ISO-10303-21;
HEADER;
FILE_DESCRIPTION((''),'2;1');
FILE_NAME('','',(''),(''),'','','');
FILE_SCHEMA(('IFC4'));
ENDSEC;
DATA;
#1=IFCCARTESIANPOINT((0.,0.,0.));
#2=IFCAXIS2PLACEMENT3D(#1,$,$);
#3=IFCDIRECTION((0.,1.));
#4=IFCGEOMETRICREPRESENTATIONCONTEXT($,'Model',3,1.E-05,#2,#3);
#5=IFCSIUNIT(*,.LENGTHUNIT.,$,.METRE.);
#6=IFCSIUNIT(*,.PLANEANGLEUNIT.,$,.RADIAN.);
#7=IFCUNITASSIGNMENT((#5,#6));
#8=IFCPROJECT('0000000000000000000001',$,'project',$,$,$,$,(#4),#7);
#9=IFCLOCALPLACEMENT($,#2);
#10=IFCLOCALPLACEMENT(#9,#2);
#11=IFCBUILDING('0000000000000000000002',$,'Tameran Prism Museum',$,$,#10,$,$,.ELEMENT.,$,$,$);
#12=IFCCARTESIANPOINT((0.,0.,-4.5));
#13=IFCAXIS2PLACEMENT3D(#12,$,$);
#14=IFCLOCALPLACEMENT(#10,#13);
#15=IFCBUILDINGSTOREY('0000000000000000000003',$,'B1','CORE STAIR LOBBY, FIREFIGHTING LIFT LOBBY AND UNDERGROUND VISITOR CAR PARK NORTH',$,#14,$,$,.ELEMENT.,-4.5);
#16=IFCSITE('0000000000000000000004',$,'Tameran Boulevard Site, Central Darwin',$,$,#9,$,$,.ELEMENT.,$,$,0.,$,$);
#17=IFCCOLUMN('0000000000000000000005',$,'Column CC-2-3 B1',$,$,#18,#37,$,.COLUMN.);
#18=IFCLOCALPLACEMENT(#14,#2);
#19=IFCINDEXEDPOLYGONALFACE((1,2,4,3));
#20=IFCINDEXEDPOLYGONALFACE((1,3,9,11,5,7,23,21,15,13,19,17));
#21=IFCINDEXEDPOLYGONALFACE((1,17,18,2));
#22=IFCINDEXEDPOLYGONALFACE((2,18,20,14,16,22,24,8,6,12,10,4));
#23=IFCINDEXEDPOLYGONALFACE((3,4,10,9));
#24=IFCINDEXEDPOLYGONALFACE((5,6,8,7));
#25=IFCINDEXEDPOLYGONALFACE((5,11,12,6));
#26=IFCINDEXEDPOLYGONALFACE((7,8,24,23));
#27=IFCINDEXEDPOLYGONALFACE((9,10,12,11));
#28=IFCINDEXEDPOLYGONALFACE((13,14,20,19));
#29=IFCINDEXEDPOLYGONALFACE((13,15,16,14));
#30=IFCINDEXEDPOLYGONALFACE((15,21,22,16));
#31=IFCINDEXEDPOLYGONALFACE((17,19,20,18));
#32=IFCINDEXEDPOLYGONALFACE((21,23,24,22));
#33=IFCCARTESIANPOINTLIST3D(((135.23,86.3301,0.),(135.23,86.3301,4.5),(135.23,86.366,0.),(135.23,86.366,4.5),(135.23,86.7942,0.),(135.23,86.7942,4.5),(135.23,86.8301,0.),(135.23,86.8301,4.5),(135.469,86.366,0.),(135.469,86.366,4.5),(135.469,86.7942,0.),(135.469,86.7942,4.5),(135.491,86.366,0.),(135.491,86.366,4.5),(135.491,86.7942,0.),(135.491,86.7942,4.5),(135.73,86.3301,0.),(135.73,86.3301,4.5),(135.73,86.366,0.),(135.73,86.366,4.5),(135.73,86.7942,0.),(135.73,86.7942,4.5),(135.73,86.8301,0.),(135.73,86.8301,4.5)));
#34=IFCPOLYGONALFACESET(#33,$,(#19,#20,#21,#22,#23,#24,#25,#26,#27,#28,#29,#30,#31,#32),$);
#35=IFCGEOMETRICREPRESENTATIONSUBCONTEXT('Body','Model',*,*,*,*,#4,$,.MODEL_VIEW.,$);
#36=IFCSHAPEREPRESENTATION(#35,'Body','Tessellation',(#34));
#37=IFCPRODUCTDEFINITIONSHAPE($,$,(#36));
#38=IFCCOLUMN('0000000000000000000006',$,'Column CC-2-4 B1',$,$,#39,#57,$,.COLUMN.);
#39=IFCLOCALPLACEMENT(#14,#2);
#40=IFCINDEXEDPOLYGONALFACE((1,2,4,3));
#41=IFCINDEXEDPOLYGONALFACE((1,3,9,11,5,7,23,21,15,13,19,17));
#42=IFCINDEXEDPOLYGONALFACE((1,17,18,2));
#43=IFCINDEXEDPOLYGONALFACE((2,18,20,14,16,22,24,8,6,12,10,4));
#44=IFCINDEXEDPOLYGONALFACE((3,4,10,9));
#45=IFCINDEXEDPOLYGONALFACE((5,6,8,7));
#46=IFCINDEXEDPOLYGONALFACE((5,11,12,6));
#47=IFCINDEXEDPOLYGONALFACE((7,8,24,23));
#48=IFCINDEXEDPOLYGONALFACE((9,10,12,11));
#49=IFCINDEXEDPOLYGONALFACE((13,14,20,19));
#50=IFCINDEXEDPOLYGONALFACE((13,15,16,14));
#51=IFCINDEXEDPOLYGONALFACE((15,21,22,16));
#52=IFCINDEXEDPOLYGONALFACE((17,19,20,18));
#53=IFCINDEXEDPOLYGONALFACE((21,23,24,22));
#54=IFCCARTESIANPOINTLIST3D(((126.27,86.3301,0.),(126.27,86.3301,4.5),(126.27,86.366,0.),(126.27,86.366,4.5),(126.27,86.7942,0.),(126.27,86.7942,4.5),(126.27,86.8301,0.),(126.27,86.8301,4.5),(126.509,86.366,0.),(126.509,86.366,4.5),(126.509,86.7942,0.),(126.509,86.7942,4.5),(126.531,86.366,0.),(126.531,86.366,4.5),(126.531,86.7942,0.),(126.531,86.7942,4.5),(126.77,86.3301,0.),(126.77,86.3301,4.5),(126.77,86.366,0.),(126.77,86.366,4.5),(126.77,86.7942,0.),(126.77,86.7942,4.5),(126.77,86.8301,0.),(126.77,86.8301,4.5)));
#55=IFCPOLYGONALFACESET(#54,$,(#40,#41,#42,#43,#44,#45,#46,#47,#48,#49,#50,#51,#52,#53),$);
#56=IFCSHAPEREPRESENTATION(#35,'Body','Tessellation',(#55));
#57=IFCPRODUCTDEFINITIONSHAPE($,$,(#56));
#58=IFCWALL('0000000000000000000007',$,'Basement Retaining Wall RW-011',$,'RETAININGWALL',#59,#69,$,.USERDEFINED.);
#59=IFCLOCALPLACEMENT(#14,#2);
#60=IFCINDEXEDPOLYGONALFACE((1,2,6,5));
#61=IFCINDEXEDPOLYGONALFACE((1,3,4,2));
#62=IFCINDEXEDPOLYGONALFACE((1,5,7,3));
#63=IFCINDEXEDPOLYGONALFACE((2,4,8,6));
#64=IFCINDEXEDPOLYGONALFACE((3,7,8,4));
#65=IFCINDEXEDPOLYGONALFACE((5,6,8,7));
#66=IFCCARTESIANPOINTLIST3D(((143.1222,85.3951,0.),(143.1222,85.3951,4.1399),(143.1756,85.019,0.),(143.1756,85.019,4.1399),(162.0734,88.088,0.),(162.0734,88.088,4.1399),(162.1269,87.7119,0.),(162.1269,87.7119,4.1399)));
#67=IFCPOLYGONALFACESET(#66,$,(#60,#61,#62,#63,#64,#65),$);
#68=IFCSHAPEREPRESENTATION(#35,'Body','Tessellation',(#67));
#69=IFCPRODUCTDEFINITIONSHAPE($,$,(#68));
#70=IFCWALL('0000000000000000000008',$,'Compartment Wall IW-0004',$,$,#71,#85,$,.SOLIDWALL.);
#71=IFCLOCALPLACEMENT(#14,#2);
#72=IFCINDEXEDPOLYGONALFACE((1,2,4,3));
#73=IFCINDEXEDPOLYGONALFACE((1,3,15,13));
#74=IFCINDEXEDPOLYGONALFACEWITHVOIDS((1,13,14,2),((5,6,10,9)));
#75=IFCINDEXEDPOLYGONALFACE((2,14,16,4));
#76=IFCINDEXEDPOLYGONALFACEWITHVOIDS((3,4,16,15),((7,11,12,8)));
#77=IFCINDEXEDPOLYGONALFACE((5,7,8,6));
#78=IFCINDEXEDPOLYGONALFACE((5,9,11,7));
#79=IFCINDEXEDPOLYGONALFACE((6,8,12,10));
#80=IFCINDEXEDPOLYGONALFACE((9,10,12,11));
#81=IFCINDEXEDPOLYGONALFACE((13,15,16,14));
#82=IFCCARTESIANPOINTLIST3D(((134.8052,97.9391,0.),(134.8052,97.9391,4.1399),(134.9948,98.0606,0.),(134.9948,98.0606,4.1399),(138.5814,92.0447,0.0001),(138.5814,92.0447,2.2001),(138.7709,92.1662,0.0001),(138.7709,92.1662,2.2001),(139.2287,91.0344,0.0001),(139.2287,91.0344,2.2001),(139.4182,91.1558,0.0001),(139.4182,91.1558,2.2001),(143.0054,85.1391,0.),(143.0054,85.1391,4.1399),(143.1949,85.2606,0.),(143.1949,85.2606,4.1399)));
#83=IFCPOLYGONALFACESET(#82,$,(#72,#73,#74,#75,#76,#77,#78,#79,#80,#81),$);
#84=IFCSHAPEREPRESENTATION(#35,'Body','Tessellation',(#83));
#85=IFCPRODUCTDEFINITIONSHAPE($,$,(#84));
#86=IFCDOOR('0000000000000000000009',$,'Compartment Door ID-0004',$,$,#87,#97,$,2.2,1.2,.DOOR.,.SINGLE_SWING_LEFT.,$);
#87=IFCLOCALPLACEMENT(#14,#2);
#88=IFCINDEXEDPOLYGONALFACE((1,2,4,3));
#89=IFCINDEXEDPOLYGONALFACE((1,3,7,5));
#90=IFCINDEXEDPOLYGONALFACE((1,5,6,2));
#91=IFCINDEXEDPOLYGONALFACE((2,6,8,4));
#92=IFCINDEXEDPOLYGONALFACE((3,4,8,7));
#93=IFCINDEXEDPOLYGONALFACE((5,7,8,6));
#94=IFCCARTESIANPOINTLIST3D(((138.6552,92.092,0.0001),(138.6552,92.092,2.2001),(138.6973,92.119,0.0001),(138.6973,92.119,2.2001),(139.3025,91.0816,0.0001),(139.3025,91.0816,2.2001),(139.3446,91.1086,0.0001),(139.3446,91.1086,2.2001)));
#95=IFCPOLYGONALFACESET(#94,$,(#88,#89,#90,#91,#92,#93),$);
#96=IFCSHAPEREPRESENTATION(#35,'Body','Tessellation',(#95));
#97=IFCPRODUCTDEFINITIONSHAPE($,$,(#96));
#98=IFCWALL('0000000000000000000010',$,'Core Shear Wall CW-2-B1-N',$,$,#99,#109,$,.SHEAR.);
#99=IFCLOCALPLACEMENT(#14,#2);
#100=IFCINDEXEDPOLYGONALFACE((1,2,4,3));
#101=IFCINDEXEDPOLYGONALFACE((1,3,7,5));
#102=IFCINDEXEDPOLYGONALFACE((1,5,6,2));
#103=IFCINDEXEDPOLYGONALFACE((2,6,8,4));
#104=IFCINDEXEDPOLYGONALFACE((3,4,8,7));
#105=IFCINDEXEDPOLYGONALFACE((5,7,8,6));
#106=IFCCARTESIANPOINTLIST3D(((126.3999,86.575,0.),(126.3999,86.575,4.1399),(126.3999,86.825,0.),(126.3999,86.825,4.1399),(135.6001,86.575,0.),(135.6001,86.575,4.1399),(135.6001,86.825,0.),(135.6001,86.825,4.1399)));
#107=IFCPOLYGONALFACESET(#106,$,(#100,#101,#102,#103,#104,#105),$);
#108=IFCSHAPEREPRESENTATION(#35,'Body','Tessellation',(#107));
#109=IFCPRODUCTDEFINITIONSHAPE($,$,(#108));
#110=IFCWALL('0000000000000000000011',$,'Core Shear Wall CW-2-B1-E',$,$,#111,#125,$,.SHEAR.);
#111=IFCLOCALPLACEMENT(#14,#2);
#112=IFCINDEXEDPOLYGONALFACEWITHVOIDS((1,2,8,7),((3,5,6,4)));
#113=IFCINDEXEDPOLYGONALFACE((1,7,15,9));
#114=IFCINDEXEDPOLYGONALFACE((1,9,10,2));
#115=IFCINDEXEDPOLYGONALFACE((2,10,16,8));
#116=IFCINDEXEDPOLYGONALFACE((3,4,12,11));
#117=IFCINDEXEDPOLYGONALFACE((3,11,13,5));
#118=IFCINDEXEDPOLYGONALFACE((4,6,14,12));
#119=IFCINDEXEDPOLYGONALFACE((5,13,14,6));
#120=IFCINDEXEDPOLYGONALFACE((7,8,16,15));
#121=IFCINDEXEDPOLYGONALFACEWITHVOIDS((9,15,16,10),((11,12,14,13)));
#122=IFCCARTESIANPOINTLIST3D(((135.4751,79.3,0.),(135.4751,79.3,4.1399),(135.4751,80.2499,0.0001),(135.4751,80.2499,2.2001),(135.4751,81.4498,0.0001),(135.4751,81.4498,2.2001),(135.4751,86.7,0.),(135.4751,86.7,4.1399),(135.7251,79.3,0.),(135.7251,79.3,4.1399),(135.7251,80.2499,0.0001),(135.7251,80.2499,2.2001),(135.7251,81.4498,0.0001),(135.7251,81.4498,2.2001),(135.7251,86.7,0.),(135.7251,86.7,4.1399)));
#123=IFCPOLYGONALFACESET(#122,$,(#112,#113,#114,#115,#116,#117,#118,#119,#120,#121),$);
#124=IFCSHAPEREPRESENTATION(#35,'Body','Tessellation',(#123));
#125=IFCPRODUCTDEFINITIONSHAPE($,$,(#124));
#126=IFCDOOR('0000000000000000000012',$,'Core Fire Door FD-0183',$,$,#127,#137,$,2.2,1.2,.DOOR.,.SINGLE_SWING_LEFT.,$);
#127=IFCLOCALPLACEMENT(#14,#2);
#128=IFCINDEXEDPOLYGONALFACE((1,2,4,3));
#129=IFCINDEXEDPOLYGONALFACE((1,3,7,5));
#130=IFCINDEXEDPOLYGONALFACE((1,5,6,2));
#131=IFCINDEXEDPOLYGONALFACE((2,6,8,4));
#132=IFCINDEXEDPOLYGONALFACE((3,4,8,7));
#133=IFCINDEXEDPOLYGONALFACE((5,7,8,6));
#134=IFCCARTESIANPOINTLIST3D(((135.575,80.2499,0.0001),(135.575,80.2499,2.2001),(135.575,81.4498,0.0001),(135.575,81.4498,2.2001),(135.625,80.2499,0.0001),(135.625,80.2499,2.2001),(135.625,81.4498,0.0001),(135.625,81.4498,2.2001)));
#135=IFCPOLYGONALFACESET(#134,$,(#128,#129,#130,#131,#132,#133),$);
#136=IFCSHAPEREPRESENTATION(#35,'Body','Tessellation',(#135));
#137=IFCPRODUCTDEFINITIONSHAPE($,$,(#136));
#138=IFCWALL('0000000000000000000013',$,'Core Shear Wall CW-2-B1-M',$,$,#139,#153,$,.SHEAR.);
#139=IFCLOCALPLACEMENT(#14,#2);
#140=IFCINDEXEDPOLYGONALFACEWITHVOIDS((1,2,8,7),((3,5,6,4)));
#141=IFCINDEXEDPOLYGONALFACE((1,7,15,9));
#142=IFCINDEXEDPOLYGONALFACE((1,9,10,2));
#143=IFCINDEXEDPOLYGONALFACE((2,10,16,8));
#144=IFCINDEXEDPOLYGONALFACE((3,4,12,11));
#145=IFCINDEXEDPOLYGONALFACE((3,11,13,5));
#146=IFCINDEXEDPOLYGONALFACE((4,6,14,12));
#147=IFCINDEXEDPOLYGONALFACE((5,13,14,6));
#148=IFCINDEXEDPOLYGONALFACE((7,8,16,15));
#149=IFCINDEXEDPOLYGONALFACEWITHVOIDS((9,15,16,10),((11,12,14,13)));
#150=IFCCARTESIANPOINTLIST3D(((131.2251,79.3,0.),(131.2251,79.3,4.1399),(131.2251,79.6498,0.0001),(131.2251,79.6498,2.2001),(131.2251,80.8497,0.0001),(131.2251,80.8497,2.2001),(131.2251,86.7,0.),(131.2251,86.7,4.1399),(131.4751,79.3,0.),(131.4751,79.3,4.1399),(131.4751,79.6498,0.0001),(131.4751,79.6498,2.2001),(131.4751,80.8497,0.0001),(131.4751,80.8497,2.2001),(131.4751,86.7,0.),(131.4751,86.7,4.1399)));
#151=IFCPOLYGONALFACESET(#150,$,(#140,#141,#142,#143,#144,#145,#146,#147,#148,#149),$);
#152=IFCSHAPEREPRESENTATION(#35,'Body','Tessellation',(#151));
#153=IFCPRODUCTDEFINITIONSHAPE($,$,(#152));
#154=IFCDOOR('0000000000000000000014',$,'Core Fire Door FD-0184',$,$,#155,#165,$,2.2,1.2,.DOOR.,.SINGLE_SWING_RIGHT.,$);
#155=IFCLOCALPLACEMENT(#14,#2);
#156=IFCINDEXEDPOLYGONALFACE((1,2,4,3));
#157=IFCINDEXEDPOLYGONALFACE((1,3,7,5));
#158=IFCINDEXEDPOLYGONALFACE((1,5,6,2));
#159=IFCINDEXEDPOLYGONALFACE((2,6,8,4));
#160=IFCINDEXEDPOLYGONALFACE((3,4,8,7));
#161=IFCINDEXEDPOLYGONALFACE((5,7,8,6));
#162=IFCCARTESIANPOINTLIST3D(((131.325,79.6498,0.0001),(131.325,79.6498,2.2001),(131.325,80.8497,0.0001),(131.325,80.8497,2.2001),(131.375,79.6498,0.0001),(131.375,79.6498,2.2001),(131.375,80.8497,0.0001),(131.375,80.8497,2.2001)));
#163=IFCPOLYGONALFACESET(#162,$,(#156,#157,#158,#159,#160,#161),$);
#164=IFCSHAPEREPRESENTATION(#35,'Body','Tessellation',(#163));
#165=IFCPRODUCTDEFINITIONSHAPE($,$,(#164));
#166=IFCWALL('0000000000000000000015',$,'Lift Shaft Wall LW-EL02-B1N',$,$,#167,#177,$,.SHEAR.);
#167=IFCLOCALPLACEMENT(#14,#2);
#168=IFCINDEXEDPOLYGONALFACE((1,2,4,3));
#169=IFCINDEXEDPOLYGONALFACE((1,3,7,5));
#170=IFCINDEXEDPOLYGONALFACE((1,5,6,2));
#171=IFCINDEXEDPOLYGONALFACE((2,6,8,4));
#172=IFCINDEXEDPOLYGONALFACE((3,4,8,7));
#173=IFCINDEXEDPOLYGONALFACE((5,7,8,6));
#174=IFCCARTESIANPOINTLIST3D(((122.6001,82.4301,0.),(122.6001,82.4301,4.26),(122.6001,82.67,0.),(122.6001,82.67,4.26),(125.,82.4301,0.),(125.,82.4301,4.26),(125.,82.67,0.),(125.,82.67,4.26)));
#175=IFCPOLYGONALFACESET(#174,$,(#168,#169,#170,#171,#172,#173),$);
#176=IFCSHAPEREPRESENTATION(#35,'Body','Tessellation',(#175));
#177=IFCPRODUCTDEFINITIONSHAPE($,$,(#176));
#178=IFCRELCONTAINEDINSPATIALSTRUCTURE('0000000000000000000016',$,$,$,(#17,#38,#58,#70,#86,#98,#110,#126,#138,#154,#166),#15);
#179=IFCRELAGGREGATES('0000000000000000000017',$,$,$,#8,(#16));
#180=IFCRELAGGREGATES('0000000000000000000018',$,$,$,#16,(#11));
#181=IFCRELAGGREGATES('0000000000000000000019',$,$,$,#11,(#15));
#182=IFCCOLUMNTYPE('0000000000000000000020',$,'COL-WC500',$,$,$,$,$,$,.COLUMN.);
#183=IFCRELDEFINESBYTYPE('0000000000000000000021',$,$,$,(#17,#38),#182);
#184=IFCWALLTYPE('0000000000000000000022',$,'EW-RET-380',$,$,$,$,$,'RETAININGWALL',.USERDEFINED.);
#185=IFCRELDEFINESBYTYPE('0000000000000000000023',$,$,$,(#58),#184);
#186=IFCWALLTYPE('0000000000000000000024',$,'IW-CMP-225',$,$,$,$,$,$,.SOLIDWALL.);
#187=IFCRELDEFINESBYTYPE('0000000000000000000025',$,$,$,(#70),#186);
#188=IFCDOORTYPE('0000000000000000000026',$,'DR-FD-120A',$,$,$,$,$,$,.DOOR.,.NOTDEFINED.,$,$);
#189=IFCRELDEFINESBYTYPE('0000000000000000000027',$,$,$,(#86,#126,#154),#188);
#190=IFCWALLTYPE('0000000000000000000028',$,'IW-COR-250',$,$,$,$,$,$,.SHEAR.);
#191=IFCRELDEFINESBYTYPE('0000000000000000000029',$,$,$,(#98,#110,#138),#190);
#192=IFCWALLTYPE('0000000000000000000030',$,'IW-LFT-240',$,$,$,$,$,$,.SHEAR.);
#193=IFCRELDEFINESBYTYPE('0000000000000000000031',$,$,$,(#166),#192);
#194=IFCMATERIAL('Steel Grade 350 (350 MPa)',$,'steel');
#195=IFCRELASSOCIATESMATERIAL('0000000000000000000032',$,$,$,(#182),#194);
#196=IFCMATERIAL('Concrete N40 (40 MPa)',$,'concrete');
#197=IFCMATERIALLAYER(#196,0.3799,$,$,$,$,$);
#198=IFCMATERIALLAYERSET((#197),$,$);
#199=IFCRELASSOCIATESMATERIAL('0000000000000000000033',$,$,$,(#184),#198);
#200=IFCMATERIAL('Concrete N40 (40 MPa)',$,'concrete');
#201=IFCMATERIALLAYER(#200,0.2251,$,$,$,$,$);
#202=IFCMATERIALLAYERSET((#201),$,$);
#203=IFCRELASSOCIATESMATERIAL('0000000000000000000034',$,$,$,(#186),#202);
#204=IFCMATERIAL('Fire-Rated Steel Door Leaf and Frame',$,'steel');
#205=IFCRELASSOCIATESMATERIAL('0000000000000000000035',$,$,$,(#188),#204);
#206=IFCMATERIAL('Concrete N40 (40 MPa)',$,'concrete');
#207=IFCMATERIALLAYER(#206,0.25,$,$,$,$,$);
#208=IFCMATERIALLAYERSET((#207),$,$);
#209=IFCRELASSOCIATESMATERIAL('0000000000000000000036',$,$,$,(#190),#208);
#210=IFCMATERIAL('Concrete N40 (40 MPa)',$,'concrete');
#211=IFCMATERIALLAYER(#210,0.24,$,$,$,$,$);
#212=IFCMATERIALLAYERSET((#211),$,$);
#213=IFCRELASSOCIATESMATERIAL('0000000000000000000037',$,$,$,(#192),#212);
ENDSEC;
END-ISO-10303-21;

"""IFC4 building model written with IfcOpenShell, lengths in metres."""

from ifc_helpers import new_model, si_unit, direction, frame, frame_2d, origin, origin_2d, place, context, subcontext, project, spatial, rectangle, i_section, extrude, material, layer, layer_set, material_profile, profile_set, type_object, element, fill, save


model = new_model("IFC4")

# Units and contexts
model_context = context("Model", 3, precision=1e-05, world=origin(), true_north=direction((0.0, 1.0)))
body_context = subcontext(model_context, "Body", "Model", "MODEL_VIEW")
ifc_project = project(units=[si_unit("LENGTHUNIT", "METRE"), si_unit("PLANEANGLEUNIT", "RADIAN")], contexts=[model_context])

# Site, building, storey
site_placement = place(None, origin())
site = spatial("IfcSite", under=ifc_project, at=site_placement, Name="Tameran Boulevard Site, Central Darwin", CompositionType="ELEMENT", RefElevation=0.0)
building_placement = place(site_placement, origin())
building = spatial("IfcBuilding", under=site, at=building_placement, Name="Tameran Prism Museum", CompositionType="ELEMENT")
storey_placement = place(building_placement, frame((0.0, 0.0, -4.5)))
storey = spatial("IfcBuildingStorey", under=building, at=storey_placement, Name="B1", Description="CORE STAIR LOBBY, FIREFIGHTING LIFT LOBBY AND UNDERGROUND VISITOR CAR PARK NORTH", CompositionType="ELEMENT", Elevation=-4.5)

# Columns
ifc_material_1 = material(Name="Steel Grade 350 (350 MPa)", Category="steel")
ifc_material_profile_1 = material_profile(ifc_material_1, i_section(OverallWidth=0.5, OverallDepth=0.5, WebThickness=0.022, FlangeThickness=0.0359, at=origin_2d()))
ifc_profile_set_1 = profile_set([ifc_material_profile_1])
column_type_1 = type_object("IfcColumnType", Name="COL-WC500", PredefinedType="COLUMN", material=ifc_profile_set_1)
for number, where, z_axis, x_axis, name in (
    (1, (135.48, 86.5801, 0.0), (0.0, 0.0, 1.0), (1.0, 0.0, 0.0), "Column CC-2-3 B1"),
    (2, (126.52, 86.5801, 0.0), (0.0, 0.0, 1.0), (1.0, 0.0, 0.0), "Column CC-2-4 B1"),
):
    element("IfcColumn", number, at=place(storey_placement, frame(where, z_axis=z_axis, x_axis=x_axis)), inside=storey, type_object=column_type_1, Name=name, PredefinedType="COLUMN", context=body_context, shape_type="SweptSolid", body=[
        extrude(i_section(OverallWidth=0.5, OverallDepth=0.5, WebThickness=0.022, FlangeThickness=0.0359, at=origin_2d()), origin(), (0.0, 0.0, 1.0), 4.5),
    ])

# Wall
ifc_material_2 = material(Name="Concrete N40 (40 MPa)", Category="concrete")
ifc_layer_1 = layer(ifc_material_2, 0.3799)
ifc_layer_set_1 = layer_set([ifc_layer_1])
wall_type_1 = type_object("IfcWallType", Name="EW-RET-380", ElementType="RETAININGWALL", PredefinedType="USERDEFINED", material=ifc_layer_set_1)
wall_1_placement = place(storey_placement, frame((143.1489, 85.207, 0.0), z_axis=(0.0, 0.0, 1.0), x_axis=(0.990055, 0.140682, 0.0)))
element("IfcWall", 3, at=wall_1_placement, inside=storey, type_object=wall_type_1, Name="Basement Retaining Wall RW-011", ObjectType="RETAININGWALL", PredefinedType="USERDEFINED", context=body_context, shape_type="SweptSolid", body=[
    extrude(rectangle(XDim=19.1416, YDim=0.3799, at=frame_2d((9.5708, 0.0))), origin(), (0.0, 0.0, 1.0), 4.1399),
])

# Wall, opening, door
ifc_material_3 = material(Name="Concrete N40 (40 MPa)", Category="concrete")
ifc_layer_2 = layer(ifc_material_3, 0.2251)
ifc_layer_set_2 = layer_set([ifc_layer_2])
wall_type_2 = type_object("IfcWallType", Name="IW-CMP-225", PredefinedType="SOLIDWALL", material=ifc_layer_set_2)
wall_2_placement = place(storey_placement, frame((143.1001, 85.2, 0.0), z_axis=(0.0, 0.0, 1.0), x_axis=(-0.539435, 0.842027, 0.0)))
wall_2 = element("IfcWall", 4, at=wall_2_placement, inside=storey, type_object=wall_type_2, Name="Compartment Wall IW-0004", PredefinedType="SOLIDWALL", context=body_context, shape_type="SweptSolid", body=[
    extrude(rectangle(XDim=15.2014, YDim=0.2251, at=frame_2d((7.6006, 0.0))), origin(), (0.0, 0.0, 1.0), 4.1399),
])
opening_1_placement = place(wall_2_placement, frame((7.001, 0.0, 0.0)))
opening_1 = element("IfcOpeningElement", 5, at=opening_1_placement, cuts=wall_2, PredefinedType="OPENING", context=body_context, shape_type="SweptSolid", body=[
    extrude(rectangle(XDim=1.2, YDim=2.2, at=frame_2d((0.6001, 1.1001))), frame((0.0, 0.1226, 0.0), z_axis=(0.0, -1.0, 0.0), x_axis=(1.0, 0.0, 0.0)), (0.0, 0.0, 1.0), 0.2451),
])
ifc_material_4 = material(Name="Fire-Rated Steel Door Leaf and Frame", Category="steel")
door_type = type_object("IfcDoorType", Name="DR-FD-120A", OperationType="NOTDEFINED", PredefinedType="DOOR", material=ifc_material_4)
door_1_placement = place(opening_1_placement, origin())
door_1 = element("IfcDoor", 6, at=door_1_placement, inside=storey, type_object=door_type, Name="Compartment Door ID-0004", OperationType="SINGLE_SWING_LEFT", OverallHeight=2.2, OverallWidth=1.2, PredefinedType="DOOR", context=body_context, shape_type="SweptSolid", body=[
    extrude(rectangle(XDim=1.2, YDim=2.2, at=frame_2d((0.6001, 1.1001))), frame((0.0, 0.0249, 0.0), z_axis=(0.0, -1.0, 0.0), x_axis=(1.0, 0.0, 0.0)), (0.0, 0.0, 1.0), 0.05),
])
fill(opening_1, door_1)

# Wall
ifc_material_5 = material(Name="Concrete N40 (40 MPa)", Category="concrete")
ifc_layer_3 = layer(ifc_material_5, 0.25)
ifc_layer_set_3 = layer_set([ifc_layer_3])
wall_type_3 = type_object("IfcWallType", Name="IW-COR-250", PredefinedType="SHEAR", material=ifc_layer_set_3)
wall_3_placement = place(storey_placement, frame((126.3999, 86.7, 0.0), z_axis=(0.0, 0.0, 1.0), x_axis=(1.0, 0.0, 0.0)))
element("IfcWall", 7, at=wall_3_placement, inside=storey, type_object=wall_type_3, Name="Core Shear Wall CW-2-B1-N", PredefinedType="SHEAR", context=body_context, shape_type="SweptSolid", body=[
    extrude(rectangle(XDim=9.2002, YDim=0.25, at=frame_2d((4.6001, 0.0))), origin(), (0.0, 0.0, 1.0), 4.1399),
])

# Walls, openings, doors
wall_4_placement = place(storey_placement, frame((135.6001, 86.7, 0.0), z_axis=(0.0, 0.0, 1.0), x_axis=(0.0, -1.0, 0.0)))
wall_4 = element("IfcWall", 8, at=wall_4_placement, inside=storey, type_object=wall_type_3, Name="Core Shear Wall CW-2-B1-E", PredefinedType="SHEAR", context=body_context, shape_type="SweptSolid", body=[
    extrude(rectangle(XDim=7.3999, YDim=0.25, at=frame_2d((3.7, 0.0))), origin(), (0.0, 0.0, 1.0), 4.1399),
])
opening_2_placement = place(wall_4_placement, frame((5.25, 0.0, 0.0)))
opening_2 = element("IfcOpeningElement", 9, at=opening_2_placement, cuts=wall_4, PredefinedType="OPENING", context=body_context, shape_type="SweptSolid", body=[
    extrude(rectangle(XDim=1.2, YDim=2.2, at=frame_2d((0.6001, 1.1001))), frame((0.0, 0.135, 0.0), z_axis=(0.0, -1.0, 0.0), x_axis=(1.0, 0.0, 0.0)), (0.0, 0.0, 1.0), 0.27),
])
door_2_placement = place(opening_2_placement, origin())
door_2 = element("IfcDoor", 10, at=door_2_placement, inside=storey, type_object=door_type, Name="Core Fire Door FD-0183", OperationType="SINGLE_SWING_LEFT", OverallHeight=2.2, OverallWidth=1.2, PredefinedType="DOOR", context=body_context, shape_type="SweptSolid", body=[
    extrude(rectangle(XDim=1.2, YDim=2.2, at=frame_2d((0.6001, 1.1001))), frame((0.0, 0.0249, 0.0), z_axis=(0.0, -1.0, 0.0), x_axis=(1.0, 0.0, 0.0)), (0.0, 0.0, 1.0), 0.05),
])
fill(opening_2, door_2)
wall_5_placement = place(storey_placement, frame((131.3501, 86.7, 0.0), z_axis=(0.0, 0.0, 1.0), x_axis=(0.0, -1.0, 0.0)))
wall_5 = element("IfcWall", 11, at=wall_5_placement, inside=storey, type_object=wall_type_3, Name="Core Shear Wall CW-2-B1-M", PredefinedType="SHEAR", context=body_context, shape_type="SweptSolid", body=[
    extrude(rectangle(XDim=7.3999, YDim=0.25, at=frame_2d((3.7, 0.0))), origin(), (0.0, 0.0, 1.0), 4.1399),
])
opening_3_placement = place(wall_5_placement, frame((5.8501, 0.0, 0.0)))
opening_3 = element("IfcOpeningElement", 12, at=opening_3_placement, cuts=wall_5, PredefinedType="OPENING", context=body_context, shape_type="SweptSolid", body=[
    extrude(rectangle(XDim=1.2, YDim=2.2, at=frame_2d((0.6001, 1.1001))), frame((0.0, 0.135, 0.0), z_axis=(0.0, -1.0, 0.0), x_axis=(1.0, 0.0, 0.0)), (0.0, 0.0, 1.0), 0.27),
])
door_3_placement = place(opening_3_placement, origin())
door_3 = element("IfcDoor", 13, at=door_3_placement, inside=storey, type_object=door_type, Name="Core Fire Door FD-0184", OperationType="SINGLE_SWING_RIGHT", OverallHeight=2.2, OverallWidth=1.2, PredefinedType="DOOR", context=body_context, shape_type="SweptSolid", body=[
    extrude(rectangle(XDim=1.2, YDim=2.2, at=frame_2d((0.6001, 1.1001))), frame((0.0, 0.0249, 0.0), z_axis=(0.0, -1.0, 0.0), x_axis=(1.0, 0.0, 0.0)), (0.0, 0.0, 1.0), 0.05),
])
fill(opening_3, door_3)

# Wall
ifc_material_6 = material(Name="Concrete N40 (40 MPa)", Category="concrete")
ifc_layer_4 = layer(ifc_material_6, 0.24)
ifc_layer_set_4 = layer_set([ifc_layer_4])
wall_type_4 = type_object("IfcWallType", Name="IW-LFT-240", PredefinedType="SHEAR", material=ifc_layer_set_4)
wall_6_placement = place(storey_placement, frame((122.6001, 82.55, 0.0), z_axis=(0.0, 0.0, 1.0), x_axis=(1.0, 0.0, 0.0)))
element("IfcWall", 14, at=wall_6_placement, inside=storey, type_object=wall_type_4, Name="Lift Shaft Wall LW-EL02-B1N", PredefinedType="SHEAR", context=body_context, shape_type="SweptSolid", body=[
    extrude(rectangle(XDim=2.3999, YDim=0.24, at=frame_2d((1.2, 0.0))), origin(), (0.0, 0.0, 1.0), 4.26),
])

save(model, "model.ifc")
